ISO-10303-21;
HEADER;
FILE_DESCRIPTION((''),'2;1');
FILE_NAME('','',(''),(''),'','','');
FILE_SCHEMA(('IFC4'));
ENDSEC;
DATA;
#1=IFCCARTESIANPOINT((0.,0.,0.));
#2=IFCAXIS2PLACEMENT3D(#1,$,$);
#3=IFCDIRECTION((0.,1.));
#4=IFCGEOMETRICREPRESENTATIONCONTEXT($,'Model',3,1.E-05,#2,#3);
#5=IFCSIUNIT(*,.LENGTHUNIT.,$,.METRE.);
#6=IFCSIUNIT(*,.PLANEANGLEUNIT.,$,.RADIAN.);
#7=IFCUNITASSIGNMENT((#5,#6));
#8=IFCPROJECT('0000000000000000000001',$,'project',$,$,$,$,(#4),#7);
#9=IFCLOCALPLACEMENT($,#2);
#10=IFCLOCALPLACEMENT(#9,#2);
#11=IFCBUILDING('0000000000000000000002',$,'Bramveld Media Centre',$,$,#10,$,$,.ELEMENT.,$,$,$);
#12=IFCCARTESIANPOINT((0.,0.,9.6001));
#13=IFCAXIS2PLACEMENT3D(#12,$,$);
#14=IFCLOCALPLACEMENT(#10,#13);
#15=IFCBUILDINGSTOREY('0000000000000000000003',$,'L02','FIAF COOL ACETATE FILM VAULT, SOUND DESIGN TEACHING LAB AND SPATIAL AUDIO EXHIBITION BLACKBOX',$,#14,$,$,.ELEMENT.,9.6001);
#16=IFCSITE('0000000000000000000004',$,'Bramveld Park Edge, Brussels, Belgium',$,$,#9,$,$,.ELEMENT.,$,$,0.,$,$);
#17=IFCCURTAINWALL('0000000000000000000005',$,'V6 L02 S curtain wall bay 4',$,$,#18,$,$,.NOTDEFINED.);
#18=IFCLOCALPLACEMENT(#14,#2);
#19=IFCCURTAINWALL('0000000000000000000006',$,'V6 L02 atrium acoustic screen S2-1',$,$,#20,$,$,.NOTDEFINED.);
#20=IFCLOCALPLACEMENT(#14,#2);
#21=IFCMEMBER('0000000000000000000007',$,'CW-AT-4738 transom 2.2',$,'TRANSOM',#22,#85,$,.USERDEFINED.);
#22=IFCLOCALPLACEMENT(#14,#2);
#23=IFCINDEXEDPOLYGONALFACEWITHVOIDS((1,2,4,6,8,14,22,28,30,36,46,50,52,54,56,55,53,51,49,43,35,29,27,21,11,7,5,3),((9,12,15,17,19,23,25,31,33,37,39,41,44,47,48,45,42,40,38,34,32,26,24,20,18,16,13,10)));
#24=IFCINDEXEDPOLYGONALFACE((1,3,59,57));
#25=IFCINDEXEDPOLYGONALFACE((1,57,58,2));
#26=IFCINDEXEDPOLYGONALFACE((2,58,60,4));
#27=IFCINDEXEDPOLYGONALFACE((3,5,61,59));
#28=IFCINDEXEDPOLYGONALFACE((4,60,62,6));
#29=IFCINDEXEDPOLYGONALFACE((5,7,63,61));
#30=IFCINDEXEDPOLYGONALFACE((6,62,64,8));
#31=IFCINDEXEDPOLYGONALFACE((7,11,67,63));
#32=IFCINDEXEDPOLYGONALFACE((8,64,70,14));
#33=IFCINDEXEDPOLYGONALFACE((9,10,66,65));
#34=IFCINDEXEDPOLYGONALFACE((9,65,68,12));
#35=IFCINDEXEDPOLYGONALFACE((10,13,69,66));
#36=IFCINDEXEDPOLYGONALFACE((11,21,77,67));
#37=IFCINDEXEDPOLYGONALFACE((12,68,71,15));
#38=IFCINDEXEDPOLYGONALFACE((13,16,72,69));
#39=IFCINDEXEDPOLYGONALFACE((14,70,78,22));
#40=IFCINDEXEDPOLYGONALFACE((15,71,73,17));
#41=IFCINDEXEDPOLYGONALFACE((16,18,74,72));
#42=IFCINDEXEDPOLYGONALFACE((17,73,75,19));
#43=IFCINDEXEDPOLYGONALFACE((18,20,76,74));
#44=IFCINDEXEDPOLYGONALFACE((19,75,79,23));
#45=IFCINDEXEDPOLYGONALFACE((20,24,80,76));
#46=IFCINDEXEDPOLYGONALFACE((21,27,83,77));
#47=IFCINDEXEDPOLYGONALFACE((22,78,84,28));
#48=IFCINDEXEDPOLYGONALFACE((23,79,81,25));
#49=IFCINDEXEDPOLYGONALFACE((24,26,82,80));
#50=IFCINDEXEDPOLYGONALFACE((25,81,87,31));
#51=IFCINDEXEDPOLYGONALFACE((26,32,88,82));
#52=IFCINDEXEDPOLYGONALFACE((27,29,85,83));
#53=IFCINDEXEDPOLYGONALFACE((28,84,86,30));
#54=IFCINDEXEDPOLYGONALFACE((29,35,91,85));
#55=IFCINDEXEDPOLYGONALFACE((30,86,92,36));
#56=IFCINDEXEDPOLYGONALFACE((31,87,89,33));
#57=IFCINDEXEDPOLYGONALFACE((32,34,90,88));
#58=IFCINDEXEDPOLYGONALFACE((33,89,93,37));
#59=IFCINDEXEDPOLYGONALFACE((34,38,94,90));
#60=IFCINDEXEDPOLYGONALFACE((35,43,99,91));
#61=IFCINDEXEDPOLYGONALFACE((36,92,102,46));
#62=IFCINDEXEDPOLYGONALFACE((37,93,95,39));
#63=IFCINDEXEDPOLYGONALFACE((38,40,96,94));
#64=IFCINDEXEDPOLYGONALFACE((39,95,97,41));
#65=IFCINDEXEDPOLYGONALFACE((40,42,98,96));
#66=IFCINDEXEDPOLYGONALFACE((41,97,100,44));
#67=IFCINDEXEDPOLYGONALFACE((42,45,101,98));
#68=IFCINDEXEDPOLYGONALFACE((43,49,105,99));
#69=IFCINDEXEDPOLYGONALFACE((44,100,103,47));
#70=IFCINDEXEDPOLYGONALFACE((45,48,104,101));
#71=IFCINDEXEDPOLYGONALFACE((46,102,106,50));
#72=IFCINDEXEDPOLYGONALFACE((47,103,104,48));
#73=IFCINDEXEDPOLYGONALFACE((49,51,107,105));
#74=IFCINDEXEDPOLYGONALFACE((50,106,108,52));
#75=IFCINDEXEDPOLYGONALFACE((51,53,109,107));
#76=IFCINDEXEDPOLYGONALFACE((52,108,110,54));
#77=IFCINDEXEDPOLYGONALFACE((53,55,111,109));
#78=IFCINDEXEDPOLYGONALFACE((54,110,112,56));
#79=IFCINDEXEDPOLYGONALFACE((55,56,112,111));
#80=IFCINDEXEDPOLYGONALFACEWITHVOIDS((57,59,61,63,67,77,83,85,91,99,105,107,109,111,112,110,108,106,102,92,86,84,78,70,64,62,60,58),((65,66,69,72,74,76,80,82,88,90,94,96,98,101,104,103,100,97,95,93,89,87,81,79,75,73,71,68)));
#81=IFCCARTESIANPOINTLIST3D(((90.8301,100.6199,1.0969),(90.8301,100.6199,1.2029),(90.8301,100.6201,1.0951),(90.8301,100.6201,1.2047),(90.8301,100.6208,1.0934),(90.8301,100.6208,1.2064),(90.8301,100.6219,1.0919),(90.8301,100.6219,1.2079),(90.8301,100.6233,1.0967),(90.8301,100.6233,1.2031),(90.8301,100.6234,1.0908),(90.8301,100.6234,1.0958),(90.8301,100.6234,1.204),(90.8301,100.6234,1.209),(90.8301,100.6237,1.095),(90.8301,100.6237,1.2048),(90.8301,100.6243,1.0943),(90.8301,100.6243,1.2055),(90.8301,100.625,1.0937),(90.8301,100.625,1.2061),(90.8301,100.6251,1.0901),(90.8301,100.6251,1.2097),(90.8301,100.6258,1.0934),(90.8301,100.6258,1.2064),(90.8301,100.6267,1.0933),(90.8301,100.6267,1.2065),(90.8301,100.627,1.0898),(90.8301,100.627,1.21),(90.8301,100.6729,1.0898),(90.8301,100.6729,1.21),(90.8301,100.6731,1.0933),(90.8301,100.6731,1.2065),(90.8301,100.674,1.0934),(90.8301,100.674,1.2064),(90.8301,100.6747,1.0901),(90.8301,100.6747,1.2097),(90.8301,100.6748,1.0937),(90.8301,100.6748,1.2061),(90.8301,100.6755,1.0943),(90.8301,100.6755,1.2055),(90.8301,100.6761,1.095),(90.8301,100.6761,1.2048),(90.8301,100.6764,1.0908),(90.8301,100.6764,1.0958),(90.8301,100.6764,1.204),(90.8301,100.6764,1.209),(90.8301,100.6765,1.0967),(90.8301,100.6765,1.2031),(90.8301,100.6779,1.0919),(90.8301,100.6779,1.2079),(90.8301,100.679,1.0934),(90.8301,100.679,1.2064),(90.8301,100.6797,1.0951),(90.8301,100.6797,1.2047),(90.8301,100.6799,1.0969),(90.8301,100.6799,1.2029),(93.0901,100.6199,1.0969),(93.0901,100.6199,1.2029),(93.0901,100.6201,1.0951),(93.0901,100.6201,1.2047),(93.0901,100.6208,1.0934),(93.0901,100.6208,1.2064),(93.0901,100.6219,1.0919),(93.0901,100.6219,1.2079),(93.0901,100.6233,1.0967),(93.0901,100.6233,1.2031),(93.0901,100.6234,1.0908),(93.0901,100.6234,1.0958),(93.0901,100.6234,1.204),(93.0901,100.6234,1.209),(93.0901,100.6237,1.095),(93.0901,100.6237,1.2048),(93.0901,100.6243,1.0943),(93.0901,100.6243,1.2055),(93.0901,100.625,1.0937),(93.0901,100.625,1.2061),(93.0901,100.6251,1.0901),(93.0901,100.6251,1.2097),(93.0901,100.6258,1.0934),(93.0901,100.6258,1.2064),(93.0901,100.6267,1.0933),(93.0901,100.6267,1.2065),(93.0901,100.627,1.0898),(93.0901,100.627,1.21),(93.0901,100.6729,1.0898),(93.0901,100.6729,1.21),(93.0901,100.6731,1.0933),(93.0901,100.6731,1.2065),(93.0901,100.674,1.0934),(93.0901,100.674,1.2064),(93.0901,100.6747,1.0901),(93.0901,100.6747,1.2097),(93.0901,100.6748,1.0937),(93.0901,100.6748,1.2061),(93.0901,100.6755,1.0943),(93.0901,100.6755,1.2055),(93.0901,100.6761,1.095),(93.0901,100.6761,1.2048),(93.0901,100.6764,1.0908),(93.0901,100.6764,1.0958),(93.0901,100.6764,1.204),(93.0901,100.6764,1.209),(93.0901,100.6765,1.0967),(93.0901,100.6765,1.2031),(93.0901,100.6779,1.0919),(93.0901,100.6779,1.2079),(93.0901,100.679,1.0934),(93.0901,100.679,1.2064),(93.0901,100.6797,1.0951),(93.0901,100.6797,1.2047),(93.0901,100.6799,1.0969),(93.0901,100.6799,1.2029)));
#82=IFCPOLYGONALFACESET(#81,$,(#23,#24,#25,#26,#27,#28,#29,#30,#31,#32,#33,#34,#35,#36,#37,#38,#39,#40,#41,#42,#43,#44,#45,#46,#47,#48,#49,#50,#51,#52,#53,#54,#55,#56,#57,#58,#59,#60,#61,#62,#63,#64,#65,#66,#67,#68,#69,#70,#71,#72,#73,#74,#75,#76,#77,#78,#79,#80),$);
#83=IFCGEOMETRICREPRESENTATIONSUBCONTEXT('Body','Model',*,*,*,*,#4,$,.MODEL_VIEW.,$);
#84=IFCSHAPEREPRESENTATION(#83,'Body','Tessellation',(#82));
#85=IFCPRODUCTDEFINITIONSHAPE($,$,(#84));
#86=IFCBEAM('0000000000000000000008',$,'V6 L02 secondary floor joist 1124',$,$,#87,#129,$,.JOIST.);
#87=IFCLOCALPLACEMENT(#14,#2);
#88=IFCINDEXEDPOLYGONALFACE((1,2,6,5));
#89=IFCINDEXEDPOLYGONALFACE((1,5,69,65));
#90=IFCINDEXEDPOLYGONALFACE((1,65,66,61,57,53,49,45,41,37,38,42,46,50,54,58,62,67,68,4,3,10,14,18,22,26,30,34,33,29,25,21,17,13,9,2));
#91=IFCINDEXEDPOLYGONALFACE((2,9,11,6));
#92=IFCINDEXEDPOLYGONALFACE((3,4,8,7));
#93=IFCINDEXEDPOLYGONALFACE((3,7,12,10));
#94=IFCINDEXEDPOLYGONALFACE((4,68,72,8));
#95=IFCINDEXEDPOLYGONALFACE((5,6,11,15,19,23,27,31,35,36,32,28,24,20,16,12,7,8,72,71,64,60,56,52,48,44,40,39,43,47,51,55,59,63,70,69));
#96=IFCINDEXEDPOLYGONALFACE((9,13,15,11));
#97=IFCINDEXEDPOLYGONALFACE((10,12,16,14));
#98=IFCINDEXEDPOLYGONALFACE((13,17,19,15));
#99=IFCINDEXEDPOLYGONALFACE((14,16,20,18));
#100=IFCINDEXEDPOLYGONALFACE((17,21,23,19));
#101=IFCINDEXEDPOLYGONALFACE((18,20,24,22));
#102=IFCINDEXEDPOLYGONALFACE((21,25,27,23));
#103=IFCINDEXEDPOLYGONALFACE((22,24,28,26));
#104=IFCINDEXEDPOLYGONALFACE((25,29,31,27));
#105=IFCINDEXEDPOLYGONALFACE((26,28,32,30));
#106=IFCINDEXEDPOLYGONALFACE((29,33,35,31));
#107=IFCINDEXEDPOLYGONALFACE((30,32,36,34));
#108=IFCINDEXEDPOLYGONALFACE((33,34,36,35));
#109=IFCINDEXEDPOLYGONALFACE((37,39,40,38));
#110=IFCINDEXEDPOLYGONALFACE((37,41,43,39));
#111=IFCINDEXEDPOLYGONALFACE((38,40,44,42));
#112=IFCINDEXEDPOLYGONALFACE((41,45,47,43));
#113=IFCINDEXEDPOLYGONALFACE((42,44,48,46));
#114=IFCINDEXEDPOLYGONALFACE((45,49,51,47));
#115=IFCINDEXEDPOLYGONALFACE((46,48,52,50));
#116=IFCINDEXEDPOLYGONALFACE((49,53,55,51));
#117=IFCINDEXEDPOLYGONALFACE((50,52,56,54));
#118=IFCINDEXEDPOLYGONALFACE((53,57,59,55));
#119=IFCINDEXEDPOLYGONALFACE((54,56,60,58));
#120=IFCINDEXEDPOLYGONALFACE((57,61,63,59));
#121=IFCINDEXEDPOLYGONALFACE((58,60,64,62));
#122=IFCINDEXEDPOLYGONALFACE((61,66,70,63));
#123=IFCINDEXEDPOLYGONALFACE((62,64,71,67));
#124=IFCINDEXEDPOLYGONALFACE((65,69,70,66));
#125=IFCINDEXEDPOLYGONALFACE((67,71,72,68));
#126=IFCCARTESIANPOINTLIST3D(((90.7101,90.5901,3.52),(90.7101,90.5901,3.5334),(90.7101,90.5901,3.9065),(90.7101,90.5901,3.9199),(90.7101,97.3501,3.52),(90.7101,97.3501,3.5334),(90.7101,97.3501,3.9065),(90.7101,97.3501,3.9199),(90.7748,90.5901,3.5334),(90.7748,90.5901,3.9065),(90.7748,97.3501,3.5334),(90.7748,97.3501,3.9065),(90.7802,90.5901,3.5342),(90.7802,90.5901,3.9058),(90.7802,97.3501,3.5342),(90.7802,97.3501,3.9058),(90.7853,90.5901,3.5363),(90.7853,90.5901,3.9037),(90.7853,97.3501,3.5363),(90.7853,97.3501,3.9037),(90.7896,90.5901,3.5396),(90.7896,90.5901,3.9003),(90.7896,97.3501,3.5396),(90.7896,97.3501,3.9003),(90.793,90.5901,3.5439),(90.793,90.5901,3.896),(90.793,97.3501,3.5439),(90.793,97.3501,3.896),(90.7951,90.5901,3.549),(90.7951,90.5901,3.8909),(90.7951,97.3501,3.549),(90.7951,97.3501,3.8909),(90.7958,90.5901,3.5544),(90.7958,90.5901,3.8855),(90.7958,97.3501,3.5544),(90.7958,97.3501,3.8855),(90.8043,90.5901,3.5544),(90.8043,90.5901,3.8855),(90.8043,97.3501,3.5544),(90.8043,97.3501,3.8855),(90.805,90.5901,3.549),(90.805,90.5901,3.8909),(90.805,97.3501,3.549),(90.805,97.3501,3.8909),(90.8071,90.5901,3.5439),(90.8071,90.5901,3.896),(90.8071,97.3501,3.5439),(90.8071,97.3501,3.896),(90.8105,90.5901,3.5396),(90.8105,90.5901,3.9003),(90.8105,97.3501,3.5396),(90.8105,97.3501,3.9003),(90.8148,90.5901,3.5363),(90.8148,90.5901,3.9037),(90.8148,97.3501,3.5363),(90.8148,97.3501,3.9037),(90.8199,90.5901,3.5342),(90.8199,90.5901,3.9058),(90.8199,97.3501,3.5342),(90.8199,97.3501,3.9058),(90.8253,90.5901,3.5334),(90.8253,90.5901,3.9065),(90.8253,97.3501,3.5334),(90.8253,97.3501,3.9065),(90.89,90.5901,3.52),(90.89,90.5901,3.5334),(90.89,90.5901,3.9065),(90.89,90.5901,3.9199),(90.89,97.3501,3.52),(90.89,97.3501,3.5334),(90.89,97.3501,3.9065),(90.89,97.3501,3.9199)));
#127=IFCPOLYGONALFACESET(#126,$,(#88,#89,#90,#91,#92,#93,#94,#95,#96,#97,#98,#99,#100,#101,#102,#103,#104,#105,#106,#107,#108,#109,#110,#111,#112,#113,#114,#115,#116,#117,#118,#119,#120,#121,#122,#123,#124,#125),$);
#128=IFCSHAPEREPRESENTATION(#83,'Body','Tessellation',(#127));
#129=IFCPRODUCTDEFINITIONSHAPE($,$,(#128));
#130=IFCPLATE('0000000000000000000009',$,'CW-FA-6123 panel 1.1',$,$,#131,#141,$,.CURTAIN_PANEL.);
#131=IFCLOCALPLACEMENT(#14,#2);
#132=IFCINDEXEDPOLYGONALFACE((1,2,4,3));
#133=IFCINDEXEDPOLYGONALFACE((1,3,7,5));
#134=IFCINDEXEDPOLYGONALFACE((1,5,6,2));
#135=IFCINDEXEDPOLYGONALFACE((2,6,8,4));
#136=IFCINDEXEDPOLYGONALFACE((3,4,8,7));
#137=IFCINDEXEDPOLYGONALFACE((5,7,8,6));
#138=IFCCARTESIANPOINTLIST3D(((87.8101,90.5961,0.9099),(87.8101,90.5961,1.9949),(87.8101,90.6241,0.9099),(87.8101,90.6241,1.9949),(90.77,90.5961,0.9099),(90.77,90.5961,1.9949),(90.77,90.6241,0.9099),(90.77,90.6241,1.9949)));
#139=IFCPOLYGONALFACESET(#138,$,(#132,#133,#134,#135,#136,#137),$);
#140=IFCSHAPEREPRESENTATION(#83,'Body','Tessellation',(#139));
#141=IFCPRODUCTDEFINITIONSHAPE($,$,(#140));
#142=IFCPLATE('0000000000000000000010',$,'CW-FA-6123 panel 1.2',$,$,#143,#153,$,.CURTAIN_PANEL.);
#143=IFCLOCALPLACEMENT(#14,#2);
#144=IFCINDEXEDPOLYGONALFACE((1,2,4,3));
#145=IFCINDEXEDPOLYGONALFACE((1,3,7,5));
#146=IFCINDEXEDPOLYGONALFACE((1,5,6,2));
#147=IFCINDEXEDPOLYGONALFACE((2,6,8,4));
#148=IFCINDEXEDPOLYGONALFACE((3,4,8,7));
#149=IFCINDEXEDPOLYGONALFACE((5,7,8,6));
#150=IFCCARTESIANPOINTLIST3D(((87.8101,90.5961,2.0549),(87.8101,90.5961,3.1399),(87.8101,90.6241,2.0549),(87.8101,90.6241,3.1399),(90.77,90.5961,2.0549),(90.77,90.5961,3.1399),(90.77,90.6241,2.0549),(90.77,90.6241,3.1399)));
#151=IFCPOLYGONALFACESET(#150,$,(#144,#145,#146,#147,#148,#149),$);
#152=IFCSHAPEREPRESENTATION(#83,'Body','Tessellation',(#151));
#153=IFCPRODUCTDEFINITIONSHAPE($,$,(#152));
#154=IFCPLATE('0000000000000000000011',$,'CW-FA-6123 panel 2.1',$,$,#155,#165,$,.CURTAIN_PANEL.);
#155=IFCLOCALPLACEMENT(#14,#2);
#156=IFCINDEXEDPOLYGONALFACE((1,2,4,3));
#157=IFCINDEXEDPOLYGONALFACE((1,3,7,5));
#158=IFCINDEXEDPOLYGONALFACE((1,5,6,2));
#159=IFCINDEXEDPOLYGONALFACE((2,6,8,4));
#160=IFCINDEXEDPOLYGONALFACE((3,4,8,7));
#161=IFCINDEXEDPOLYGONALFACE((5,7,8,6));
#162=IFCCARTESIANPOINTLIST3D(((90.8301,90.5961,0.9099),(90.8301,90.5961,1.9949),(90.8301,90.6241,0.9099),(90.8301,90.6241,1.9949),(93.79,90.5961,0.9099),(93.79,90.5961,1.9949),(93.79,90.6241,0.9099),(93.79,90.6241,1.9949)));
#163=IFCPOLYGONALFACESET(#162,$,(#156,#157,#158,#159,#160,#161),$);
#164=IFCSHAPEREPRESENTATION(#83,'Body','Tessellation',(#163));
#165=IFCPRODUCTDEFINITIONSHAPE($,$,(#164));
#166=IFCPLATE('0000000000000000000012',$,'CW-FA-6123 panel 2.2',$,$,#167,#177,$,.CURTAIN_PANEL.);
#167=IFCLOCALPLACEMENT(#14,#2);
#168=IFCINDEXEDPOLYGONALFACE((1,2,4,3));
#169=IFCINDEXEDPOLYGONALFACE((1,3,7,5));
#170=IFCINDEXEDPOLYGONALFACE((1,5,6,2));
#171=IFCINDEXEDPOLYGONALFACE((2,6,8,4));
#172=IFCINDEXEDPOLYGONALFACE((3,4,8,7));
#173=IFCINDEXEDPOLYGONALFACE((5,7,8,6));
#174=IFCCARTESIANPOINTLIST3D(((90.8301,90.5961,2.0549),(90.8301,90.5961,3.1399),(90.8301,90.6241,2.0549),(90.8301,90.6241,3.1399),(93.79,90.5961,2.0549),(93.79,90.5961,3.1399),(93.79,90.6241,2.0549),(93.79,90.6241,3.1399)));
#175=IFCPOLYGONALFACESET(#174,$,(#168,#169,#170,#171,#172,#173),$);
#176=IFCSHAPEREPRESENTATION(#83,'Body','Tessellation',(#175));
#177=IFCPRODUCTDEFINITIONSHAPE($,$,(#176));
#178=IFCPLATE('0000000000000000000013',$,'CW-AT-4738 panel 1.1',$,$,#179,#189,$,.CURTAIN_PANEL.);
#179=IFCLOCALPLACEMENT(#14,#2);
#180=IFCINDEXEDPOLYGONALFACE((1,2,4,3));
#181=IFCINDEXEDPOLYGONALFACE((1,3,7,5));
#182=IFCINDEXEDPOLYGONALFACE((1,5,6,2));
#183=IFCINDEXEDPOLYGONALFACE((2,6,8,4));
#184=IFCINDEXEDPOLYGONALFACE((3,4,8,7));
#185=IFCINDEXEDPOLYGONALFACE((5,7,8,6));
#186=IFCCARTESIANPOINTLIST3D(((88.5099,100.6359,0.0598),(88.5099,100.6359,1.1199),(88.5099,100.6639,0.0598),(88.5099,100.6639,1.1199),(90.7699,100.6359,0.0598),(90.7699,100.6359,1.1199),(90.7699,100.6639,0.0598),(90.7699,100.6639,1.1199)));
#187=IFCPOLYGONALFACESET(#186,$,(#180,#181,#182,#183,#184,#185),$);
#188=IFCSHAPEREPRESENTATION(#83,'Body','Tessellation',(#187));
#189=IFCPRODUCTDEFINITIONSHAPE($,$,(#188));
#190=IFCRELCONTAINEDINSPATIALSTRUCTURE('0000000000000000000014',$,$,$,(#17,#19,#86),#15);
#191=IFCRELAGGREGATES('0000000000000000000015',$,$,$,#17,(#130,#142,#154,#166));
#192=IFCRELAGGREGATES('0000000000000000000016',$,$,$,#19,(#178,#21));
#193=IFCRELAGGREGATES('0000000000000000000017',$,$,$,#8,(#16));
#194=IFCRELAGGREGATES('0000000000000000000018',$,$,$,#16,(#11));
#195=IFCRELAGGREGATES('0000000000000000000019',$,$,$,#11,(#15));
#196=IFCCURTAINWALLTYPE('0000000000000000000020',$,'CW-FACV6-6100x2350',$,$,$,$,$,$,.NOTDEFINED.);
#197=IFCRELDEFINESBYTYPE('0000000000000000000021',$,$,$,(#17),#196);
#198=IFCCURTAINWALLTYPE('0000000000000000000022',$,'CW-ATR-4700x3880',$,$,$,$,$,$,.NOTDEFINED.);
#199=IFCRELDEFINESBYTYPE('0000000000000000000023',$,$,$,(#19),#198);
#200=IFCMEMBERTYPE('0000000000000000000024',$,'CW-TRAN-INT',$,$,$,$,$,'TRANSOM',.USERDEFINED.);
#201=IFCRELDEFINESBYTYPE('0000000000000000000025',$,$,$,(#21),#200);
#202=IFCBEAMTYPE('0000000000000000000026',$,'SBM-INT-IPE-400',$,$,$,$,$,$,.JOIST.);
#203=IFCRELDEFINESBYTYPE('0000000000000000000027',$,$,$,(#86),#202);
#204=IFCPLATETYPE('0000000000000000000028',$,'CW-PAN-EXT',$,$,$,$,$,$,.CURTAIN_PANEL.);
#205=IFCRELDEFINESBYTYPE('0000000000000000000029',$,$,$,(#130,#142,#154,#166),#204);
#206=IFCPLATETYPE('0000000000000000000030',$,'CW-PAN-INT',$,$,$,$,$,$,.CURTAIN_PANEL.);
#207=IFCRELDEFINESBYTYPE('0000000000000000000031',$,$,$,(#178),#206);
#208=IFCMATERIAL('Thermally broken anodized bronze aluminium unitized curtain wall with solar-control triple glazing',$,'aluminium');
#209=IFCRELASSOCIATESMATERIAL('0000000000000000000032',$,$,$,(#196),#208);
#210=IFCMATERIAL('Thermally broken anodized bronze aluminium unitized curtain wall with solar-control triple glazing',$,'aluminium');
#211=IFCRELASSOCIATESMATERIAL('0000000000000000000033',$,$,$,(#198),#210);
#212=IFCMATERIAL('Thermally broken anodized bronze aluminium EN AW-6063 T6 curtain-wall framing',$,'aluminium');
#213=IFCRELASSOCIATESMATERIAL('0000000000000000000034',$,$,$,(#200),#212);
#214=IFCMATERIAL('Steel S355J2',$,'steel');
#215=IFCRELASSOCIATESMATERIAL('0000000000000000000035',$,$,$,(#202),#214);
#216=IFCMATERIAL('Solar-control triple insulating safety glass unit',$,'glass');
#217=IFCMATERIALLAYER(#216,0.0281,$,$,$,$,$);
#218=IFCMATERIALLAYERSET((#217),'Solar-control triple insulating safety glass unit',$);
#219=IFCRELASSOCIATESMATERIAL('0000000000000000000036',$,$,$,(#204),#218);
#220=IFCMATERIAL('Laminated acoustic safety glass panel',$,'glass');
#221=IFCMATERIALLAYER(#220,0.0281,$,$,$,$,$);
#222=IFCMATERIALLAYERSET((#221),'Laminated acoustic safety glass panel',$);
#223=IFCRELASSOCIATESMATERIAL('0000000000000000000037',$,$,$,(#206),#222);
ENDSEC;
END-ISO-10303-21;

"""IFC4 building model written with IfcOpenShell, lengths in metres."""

from ifc_helpers import new_model, si_unit, direction, frame, origin, origin_2d, place, context, subcontext, project, spatial, rectangle, hollow_rectangle, i_section, extrude, material, layer, layer_set, material_profile, profile_set, type_object, element, aggregate, save


model = new_model("IFC4")

# Units and contexts
model_context = context("Model", 3, precision=1e-05, world=origin(), true_north=direction((0.0, 1.0)))
body_context = subcontext(model_context, "Body", "Model", "MODEL_VIEW")
ifc_project = project(units=[si_unit("LENGTHUNIT", "METRE"), si_unit("PLANEANGLEUNIT", "RADIAN")], contexts=[model_context])

# Site, building, storey
site_placement = place(None, origin())
site = spatial("IfcSite", under=ifc_project, at=site_placement, Name="Bramveld Park Edge, Brussels, Belgium", CompositionType="ELEMENT", RefElevation=0.0)
building_placement = place(site_placement, origin())
building = spatial("IfcBuilding", under=site, at=building_placement, Name="Bramveld Media Centre", CompositionType="ELEMENT")
storey_placement = place(building_placement, frame((0.0, 0.0, 9.6001)))
storey = spatial("IfcBuildingStorey", under=building, at=storey_placement, Name="L02", Description="FIAF COOL ACETATE FILM VAULT, SOUND DESIGN TEACHING LAB AND SPATIAL AUDIO EXHIBITION BLACKBOX", CompositionType="ELEMENT", Elevation=9.6001)

# Curtain wall
ifc_material_1 = material(Name="Thermally broken anodized bronze aluminium unitized curtain wall with solar-control triple glazing", Category="aluminium")
curtain_wall_type_1 = type_object("IfcCurtainWallType", Name="CW-FACV6-6100x2350", PredefinedType="NOTDEFINED", material=ifc_material_1)
curtain_wall_1_placement = place(storey_placement, origin())
curtain_wall_1 = element("IfcCurtainWall", 1, at=curtain_wall_1_placement, inside=storey, type_object=curtain_wall_type_1, Name="V6 L02 S curtain wall bay 4", PredefinedType="NOTDEFINED")

# Curtain wall
ifc_material_2 = material(Name="Thermally broken anodized bronze aluminium unitized curtain wall with solar-control triple glazing", Category="aluminium")
curtain_wall_type_2 = type_object("IfcCurtainWallType", Name="CW-ATR-4700x3880", PredefinedType="NOTDEFINED", material=ifc_material_2)
curtain_wall_2_placement = place(storey_placement, origin())
curtain_wall_2 = element("IfcCurtainWall", 2, at=curtain_wall_2_placement, inside=storey, type_object=curtain_wall_type_2, Name="V6 L02 atrium acoustic screen S2-1", PredefinedType="NOTDEFINED")

# Member
ifc_material_3 = material(Name="Thermally broken anodized bronze aluminium EN AW-6063 T6 curtain-wall framing", Category="aluminium")
ifc_material_profile_1 = material_profile(ifc_material_3, hollow_rectangle(XDim=0.0601, YDim=0.1201, WallThickness=0.0034, InnerFilletRadius=0.0034, OuterFilletRadius=0.0071, at=origin_2d()), Name="AL-TRAN 60x120")
ifc_profile_set_1 = profile_set([ifc_material_profile_1], Name="Thermally broken anodized bronze aluminium EN AW-6063 T6 curtain-wall framing")
member_type_1 = type_object("IfcMemberType", Name="CW-TRAN-INT", ElementType="TRANSOM", PredefinedType="USERDEFINED", material=ifc_profile_set_1)
member_1_placement = place(storey_placement, frame((90.8301, 100.6499, 1.1499), z_axis=(1.0, 0.0, 0.0), x_axis=(0.0, 1.0, 0.0)))
member_1 = element("IfcMember", 3, at=member_1_placement, type_object=member_type_1, Name="CW-AT-4738 transom 2.2", ObjectType="TRANSOM", PredefinedType="USERDEFINED", context=body_context, shape_type="SweptSolid", body=[
    extrude(hollow_rectangle(XDim=0.0601, YDim=0.1201, WallThickness=0.0034, InnerFilletRadius=0.0034, OuterFilletRadius=0.0071, at=origin_2d()), origin(), (0.0, 0.0, 1.0), 2.26),
])

# Beam
ifc_material_4 = material(Name="Steel S355J2", Category="steel")
ifc_material_profile_2 = material_profile(ifc_material_4, i_section(OverallWidth=0.1799, OverallDepth=0.3999, WebThickness=0.0085, FlangeThickness=0.0134, FilletRadius=0.021, at=origin_2d()), Name="IPE 400")
ifc_profile_set_2 = profile_set([ifc_material_profile_2], Name="Steel S355J2")
beam_type_1 = type_object("IfcBeamType", Name="SBM-INT-IPE-400", PredefinedType="JOIST", material=ifc_profile_set_2)
beam_1_placement = place(storey_placement, frame((90.8, 90.5901, 3.72), z_axis=(0.0, 1.0, 0.0), x_axis=(-1.0, 0.0, 0.0)))
element("IfcBeam", 4, at=beam_1_placement, inside=storey, type_object=beam_type_1, Name="V6 L02 secondary floor joist 1124", PredefinedType="JOIST", context=body_context, shape_type="SweptSolid", body=[
    extrude(i_section(OverallWidth=0.1799, OverallDepth=0.3999, WebThickness=0.0085, FlangeThickness=0.0134, FilletRadius=0.021, at=origin_2d()), origin(), (0.0, 0.0, 1.0), 6.76),
])

# Plates
ifc_material_5 = material(Name="Solar-control triple insulating safety glass unit", Category="glass")
ifc_layer_1 = layer(ifc_material_5, 0.0281)
ifc_layer_set_1 = layer_set([ifc_layer_1], Name="Solar-control triple insulating safety glass unit")
plate_type_1 = type_object("IfcPlateType", Name="CW-PAN-EXT", PredefinedType="CURTAIN_PANEL", material=ifc_layer_set_1)
plate_1_placement = place(storey_placement, frame((89.29, 90.6101, 0.9099), z_axis=(0.0, 0.0, 1.0), x_axis=(1.0, 0.0, 0.0)))
plate_1 = element("IfcPlate", 5, at=plate_1_placement, type_object=plate_type_1, Name="CW-FA-6123 panel 1.1", PredefinedType="CURTAIN_PANEL", context=body_context, shape_type="SweptSolid", body=[
    extrude(rectangle(XDim=2.96, YDim=0.0281, at=origin_2d()), origin(), (0.0, 0.0, 1.0), 1.085),
])
plate_2_placement = place(storey_placement, frame((89.29, 90.6101, 2.0549), z_axis=(0.0, 0.0, 1.0), x_axis=(1.0, 0.0, 0.0)))
plate_2 = element("IfcPlate", 6, at=plate_2_placement, type_object=plate_type_1, Name="CW-FA-6123 panel 1.2", PredefinedType="CURTAIN_PANEL", context=body_context, shape_type="SweptSolid", body=[
    extrude(rectangle(XDim=2.96, YDim=0.0281, at=origin_2d()), origin(), (0.0, 0.0, 1.0), 1.085),
])
plate_3_placement = place(storey_placement, frame((92.3101, 90.6101, 0.9099), z_axis=(0.0, 0.0, 1.0), x_axis=(1.0, 0.0, 0.0)))
plate_3 = element("IfcPlate", 7, at=plate_3_placement, type_object=plate_type_1, Name="CW-FA-6123 panel 2.1", PredefinedType="CURTAIN_PANEL", context=body_context, shape_type="SweptSolid", body=[
    extrude(rectangle(XDim=2.96, YDim=0.0281, at=origin_2d()), origin(), (0.0, 0.0, 1.0), 1.085),
])
plate_4_placement = place(storey_placement, frame((92.3101, 90.6101, 2.0549), z_axis=(0.0, 0.0, 1.0), x_axis=(1.0, 0.0, 0.0)))
plate_4 = element("IfcPlate", 8, at=plate_4_placement, type_object=plate_type_1, Name="CW-FA-6123 panel 2.2", PredefinedType="CURTAIN_PANEL", context=body_context, shape_type="SweptSolid", body=[
    extrude(rectangle(XDim=2.96, YDim=0.0281, at=origin_2d()), origin(), (0.0, 0.0, 1.0), 1.085),
])
aggregate(curtain_wall_1, [plate_1, plate_2, plate_3, plate_4])
ifc_material_6 = material(Name="Laminated acoustic safety glass panel", Category="glass")
ifc_layer_2 = layer(ifc_material_6, 0.0281)
ifc_layer_set_2 = layer_set([ifc_layer_2], Name="Laminated acoustic safety glass panel")
plate_type_2 = type_object("IfcPlateType", Name="CW-PAN-INT", PredefinedType="CURTAIN_PANEL", material=ifc_layer_set_2)
plate_5_placement = place(storey_placement, frame((89.6399, 100.6499, 0.0598), z_axis=(0.0, 0.0, 1.0), x_axis=(1.0, 0.0, 0.0)))
plate_5 = element("IfcPlate", 9, at=plate_5_placement, type_object=plate_type_2, Name="CW-AT-4738 panel 1.1", PredefinedType="CURTAIN_PANEL", context=body_context, shape_type="SweptSolid", body=[
    extrude(rectangle(XDim=2.26, YDim=0.0281, at=origin_2d()), origin(), (0.0, 0.0, 1.0), 1.0601),
])
aggregate(curtain_wall_2, [plate_5, member_1])

save(model, "model.ifc")
